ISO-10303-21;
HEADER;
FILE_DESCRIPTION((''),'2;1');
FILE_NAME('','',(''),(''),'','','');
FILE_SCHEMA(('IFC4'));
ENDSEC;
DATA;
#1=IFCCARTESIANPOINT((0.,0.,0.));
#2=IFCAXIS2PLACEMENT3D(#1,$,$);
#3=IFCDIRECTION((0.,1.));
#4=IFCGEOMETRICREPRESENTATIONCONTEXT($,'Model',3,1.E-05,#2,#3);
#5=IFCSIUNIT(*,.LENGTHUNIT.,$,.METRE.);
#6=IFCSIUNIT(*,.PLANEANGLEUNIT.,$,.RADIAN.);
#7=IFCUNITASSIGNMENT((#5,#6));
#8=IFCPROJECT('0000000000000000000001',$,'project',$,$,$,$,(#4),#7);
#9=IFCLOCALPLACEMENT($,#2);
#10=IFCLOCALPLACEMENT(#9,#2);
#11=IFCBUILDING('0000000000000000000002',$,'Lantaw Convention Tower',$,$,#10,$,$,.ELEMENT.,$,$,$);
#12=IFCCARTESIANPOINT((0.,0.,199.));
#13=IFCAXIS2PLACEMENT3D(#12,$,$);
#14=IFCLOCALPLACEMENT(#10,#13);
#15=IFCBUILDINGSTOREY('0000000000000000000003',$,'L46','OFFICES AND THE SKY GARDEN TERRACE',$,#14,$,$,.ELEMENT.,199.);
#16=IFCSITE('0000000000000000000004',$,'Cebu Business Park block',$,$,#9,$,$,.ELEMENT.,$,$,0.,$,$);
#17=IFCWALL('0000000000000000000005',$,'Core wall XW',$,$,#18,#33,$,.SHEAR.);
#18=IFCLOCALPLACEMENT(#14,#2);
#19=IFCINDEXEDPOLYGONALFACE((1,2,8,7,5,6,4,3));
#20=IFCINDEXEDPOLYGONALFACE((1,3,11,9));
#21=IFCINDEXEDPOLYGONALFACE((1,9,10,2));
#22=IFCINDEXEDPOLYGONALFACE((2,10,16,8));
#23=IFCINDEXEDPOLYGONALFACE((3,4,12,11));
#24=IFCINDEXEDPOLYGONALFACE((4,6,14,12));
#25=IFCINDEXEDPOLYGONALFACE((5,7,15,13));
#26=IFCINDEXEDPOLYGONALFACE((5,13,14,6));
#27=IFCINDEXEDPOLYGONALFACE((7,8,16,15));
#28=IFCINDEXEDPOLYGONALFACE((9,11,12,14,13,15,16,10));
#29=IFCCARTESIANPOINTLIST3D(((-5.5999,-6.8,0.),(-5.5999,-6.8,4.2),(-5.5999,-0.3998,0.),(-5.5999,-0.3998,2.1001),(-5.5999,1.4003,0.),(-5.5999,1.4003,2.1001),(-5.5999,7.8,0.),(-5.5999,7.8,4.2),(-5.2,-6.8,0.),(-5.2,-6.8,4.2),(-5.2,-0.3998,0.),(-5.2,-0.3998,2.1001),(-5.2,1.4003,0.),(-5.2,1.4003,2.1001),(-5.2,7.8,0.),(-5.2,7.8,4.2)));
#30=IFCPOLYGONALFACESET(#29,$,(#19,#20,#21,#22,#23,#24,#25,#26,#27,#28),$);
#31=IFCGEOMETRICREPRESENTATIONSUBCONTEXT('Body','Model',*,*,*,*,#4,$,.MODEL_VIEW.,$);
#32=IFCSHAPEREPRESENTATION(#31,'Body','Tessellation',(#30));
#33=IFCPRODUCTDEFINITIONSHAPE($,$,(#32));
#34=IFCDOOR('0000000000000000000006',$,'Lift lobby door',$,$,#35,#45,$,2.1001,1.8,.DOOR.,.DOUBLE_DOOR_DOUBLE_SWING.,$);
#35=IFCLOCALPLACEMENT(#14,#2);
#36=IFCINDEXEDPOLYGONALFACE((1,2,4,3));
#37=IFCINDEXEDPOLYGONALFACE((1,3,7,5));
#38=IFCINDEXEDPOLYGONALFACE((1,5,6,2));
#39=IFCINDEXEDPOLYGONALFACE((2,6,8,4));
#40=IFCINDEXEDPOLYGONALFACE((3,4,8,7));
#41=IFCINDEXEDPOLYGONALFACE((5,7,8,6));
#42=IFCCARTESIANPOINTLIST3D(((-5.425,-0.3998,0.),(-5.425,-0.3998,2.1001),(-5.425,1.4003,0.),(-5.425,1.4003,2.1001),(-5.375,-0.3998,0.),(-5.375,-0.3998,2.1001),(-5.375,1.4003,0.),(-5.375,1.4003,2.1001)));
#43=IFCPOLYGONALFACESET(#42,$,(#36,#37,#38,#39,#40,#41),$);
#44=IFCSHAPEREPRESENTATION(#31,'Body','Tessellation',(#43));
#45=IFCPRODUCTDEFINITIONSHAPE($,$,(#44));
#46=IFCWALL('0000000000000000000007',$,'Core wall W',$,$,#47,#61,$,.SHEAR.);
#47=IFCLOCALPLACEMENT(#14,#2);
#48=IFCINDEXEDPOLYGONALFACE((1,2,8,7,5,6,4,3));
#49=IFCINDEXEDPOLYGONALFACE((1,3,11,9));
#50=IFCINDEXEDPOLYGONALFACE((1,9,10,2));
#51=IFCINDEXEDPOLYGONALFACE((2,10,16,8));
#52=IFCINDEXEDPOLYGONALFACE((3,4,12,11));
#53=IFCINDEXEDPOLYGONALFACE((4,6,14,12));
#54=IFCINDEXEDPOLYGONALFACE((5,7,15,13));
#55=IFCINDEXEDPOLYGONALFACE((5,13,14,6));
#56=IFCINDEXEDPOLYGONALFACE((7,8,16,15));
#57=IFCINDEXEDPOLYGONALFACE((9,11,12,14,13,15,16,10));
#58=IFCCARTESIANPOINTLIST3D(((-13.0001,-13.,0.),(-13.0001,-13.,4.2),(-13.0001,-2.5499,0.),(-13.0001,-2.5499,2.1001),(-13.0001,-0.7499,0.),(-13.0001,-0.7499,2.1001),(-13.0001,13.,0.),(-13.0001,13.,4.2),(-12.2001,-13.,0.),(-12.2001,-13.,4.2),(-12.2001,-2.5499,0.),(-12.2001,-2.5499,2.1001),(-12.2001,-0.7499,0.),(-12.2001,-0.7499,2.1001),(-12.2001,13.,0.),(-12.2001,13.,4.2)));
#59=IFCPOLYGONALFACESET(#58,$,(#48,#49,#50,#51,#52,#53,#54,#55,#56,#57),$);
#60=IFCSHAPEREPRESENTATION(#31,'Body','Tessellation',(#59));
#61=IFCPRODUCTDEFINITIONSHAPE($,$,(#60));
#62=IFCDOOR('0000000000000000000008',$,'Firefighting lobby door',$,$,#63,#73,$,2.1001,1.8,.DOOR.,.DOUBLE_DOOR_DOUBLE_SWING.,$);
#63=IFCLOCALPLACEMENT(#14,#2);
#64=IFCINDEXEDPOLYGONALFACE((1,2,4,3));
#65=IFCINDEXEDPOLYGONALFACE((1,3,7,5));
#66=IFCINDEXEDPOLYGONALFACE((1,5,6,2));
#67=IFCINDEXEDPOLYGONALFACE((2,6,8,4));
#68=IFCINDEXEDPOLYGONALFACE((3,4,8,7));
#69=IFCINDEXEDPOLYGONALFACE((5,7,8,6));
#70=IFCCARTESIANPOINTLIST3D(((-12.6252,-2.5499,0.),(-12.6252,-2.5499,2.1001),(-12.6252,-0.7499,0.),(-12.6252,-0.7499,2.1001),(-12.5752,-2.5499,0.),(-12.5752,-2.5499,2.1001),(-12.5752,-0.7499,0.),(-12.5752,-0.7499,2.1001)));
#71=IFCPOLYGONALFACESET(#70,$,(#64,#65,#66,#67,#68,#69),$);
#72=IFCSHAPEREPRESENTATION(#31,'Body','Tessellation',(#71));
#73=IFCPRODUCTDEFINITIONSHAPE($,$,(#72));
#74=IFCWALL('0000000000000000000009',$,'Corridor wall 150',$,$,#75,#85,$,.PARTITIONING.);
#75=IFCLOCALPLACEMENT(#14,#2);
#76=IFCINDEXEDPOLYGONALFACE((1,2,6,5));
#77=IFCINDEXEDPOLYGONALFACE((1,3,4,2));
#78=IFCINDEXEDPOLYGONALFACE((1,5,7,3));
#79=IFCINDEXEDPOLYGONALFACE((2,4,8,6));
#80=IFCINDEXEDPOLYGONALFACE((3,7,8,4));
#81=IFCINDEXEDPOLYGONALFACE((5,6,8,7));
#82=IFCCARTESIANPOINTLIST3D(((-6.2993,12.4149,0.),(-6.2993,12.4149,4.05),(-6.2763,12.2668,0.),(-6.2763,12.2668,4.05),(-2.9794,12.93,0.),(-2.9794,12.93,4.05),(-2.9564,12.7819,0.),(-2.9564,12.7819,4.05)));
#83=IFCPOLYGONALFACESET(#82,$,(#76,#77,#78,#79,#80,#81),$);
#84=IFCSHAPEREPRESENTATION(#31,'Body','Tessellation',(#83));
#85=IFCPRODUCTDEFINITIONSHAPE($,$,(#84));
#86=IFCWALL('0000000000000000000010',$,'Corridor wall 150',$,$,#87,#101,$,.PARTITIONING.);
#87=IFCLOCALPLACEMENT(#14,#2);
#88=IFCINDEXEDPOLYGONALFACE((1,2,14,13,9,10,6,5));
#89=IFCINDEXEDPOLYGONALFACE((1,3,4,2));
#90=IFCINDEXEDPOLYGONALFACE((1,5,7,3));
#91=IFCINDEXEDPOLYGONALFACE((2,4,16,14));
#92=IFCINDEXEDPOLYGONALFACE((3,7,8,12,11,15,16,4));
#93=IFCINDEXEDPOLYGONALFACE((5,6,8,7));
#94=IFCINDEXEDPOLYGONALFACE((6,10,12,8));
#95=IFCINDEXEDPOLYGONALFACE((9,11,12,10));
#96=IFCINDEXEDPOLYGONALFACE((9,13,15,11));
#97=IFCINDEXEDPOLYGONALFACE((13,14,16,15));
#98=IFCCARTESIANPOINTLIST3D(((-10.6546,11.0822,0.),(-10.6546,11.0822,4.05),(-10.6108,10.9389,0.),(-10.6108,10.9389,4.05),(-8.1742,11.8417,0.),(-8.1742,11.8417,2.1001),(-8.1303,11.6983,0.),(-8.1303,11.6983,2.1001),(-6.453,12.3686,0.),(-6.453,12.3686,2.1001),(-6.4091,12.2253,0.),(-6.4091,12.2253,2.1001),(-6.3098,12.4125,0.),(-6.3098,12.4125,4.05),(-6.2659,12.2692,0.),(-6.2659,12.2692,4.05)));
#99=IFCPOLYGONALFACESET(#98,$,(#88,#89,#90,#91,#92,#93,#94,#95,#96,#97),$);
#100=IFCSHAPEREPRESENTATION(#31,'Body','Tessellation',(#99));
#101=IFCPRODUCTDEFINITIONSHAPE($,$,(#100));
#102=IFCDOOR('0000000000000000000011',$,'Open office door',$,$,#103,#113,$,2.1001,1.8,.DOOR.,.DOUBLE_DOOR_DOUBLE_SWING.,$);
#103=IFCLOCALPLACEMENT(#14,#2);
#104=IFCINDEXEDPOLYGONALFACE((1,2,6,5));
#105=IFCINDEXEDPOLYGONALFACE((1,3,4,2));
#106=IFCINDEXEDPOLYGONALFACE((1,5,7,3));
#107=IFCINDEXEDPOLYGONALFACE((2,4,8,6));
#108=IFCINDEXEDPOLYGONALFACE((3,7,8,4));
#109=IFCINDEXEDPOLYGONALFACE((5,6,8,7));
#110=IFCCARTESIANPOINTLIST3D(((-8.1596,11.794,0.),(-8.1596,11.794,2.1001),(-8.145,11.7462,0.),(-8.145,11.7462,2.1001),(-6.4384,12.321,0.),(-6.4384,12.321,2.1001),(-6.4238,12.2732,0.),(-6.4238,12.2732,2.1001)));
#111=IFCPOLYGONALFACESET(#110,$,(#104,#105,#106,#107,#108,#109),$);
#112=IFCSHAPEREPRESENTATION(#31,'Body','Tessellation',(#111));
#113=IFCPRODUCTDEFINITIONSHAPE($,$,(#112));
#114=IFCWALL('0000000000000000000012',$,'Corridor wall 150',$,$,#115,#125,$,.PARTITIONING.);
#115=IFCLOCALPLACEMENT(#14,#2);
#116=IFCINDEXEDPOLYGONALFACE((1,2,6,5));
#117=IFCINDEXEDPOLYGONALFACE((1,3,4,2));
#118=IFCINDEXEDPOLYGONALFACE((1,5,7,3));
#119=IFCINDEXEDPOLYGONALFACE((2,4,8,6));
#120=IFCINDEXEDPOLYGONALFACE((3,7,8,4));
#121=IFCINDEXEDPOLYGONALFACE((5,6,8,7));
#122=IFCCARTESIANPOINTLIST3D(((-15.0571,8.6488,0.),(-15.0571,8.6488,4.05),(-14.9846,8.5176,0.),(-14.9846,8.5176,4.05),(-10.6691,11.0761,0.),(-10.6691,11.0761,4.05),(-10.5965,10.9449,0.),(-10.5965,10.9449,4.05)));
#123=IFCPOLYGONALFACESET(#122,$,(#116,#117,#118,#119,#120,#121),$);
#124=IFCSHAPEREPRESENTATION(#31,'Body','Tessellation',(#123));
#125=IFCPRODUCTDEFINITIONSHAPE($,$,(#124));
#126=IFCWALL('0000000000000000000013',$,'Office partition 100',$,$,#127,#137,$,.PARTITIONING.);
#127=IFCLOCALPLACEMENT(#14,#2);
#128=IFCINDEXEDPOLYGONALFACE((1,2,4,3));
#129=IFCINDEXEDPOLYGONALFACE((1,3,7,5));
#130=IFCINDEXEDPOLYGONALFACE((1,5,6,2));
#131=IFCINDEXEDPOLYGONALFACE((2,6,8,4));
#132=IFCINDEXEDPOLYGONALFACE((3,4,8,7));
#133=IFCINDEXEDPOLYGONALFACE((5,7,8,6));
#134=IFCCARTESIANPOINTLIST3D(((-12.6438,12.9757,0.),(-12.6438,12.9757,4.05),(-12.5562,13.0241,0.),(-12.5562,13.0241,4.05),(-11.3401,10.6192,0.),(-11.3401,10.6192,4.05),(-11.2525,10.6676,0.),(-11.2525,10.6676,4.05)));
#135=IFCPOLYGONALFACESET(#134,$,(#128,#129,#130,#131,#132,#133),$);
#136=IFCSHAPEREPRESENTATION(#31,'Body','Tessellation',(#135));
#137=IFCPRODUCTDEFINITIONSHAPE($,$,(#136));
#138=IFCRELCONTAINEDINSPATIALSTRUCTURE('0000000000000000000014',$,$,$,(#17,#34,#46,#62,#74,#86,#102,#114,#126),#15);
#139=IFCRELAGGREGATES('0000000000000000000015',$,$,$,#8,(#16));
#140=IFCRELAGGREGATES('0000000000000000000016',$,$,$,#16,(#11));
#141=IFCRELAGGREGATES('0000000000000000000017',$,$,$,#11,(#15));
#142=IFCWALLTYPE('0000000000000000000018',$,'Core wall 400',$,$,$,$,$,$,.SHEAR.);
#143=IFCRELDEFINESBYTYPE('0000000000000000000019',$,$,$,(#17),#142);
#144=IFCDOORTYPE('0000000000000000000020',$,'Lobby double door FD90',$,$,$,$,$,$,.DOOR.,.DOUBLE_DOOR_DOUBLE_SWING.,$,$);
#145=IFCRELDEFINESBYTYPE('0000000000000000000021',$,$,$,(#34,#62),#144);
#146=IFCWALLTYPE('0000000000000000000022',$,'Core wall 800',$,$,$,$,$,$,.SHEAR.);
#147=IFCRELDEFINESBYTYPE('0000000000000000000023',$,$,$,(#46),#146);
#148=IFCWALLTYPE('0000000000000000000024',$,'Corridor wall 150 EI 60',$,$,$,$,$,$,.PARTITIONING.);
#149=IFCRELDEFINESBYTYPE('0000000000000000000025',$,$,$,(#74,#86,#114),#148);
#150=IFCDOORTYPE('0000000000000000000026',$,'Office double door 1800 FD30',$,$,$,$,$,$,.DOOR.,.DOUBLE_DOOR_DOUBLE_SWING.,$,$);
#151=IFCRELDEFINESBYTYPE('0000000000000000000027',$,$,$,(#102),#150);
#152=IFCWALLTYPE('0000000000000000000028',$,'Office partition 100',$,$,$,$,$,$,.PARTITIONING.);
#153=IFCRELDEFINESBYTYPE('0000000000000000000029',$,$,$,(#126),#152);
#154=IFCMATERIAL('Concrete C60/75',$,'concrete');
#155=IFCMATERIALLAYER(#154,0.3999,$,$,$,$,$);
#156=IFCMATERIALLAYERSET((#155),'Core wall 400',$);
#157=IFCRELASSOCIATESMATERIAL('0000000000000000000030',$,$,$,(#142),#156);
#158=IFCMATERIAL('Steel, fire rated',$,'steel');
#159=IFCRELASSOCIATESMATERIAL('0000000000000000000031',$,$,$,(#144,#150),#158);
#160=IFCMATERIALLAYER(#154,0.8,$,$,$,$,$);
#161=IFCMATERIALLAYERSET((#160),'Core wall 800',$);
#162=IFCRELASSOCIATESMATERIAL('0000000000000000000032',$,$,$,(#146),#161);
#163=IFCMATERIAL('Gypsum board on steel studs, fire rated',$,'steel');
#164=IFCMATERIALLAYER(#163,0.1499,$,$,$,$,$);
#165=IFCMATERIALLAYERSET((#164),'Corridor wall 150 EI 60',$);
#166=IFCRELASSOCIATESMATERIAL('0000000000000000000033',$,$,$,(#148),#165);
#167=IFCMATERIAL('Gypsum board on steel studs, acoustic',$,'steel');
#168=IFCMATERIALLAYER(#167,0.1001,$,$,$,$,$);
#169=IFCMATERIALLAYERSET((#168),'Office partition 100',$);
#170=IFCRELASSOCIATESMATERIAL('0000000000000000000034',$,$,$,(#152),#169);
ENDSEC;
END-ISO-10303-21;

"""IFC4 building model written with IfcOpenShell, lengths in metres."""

from ifc_helpers import new_model, si_unit, direction, frame, frame_2d, origin, place, context, subcontext, project, spatial, rectangle, extrude, material, layer, layer_set, type_object, element, fill, save


model = new_model("IFC4")

# Units and contexts
model_context = context("Model", 3, precision=1e-05, world=origin(), true_north=direction((0.0, 1.0)))
body_context = subcontext(model_context, "Body", "Model", "MODEL_VIEW")
ifc_project = project(units=[si_unit("LENGTHUNIT", "METRE"), si_unit("PLANEANGLEUNIT", "RADIAN")], contexts=[model_context])

# Site, building, storey
site_placement = place(None, origin())
site = spatial("IfcSite", under=ifc_project, at=site_placement, Name="Cebu Business Park block", CompositionType="ELEMENT", RefElevation=0.0)
building_placement = place(site_placement, origin())
building = spatial("IfcBuilding", under=site, at=building_placement, Name="Lantaw Convention Tower", CompositionType="ELEMENT")
storey_placement = place(building_placement, frame((0.0, 0.0, 199.0)))
storey = spatial("IfcBuildingStorey", under=building, at=storey_placement, Name="L46", Description="OFFICES AND THE SKY GARDEN TERRACE", CompositionType="ELEMENT", Elevation=199.0)

# Shared definitions
ifc_material_1 = material(Name="Concrete C60/75", Category="concrete")

# Walls, openings, doors
ifc_layer_1 = layer(ifc_material_1, 0.3999)
ifc_layer_set_1 = layer_set([ifc_layer_1], Name="Core wall 400")
wall_type_1 = type_object("IfcWallType", Name="Core wall 400", PredefinedType="SHEAR", material=ifc_layer_set_1)
wall_1_placement = place(storey_placement, frame((-5.3999, 7.8, 0.0), z_axis=(0.0, 0.0, 1.0), x_axis=(0.0, -1.0, 0.0)))
wall_1 = element("IfcWall", 1, at=wall_1_placement, inside=storey, type_object=wall_type_1, Name="Core wall XW", PredefinedType="SHEAR", context=body_context, shape_type="SweptSolid", body=[
    extrude(rectangle(XDim=14.6001, YDim=0.3999, at=frame_2d((7.3, 0.0))), origin(), (0.0, 0.0, 1.0), 4.2),
])
opening_1_placement = place(wall_1_placement, frame((6.3999, 0.0, 0.0)))
opening_1 = element("IfcOpeningElement", 2, at=opening_1_placement, cuts=wall_1, PredefinedType="OPENING", context=body_context, shape_type="SweptSolid", body=[
    extrude(rectangle(XDim=1.8, YDim=2.1001, at=frame_2d((0.8999, 1.05))), frame((0.0, 0.21, 0.0), z_axis=(0.0, -1.0, 0.0), x_axis=(1.0, 0.0, 0.0)), (0.0, 0.0, 1.0), 0.4199),
])
ifc_material_2 = material(Name="Steel, fire rated", Category="steel")
door_type_1 = type_object("IfcDoorType", Name="Lobby double door FD90", OperationType="DOUBLE_DOOR_DOUBLE_SWING", PredefinedType="DOOR", material=ifc_material_2)
door_1_placement = place(opening_1_placement, origin())
door_1 = element("IfcDoor", 3, at=door_1_placement, inside=storey, type_object=door_type_1, Name="Lift lobby door", OperationType="DOUBLE_DOOR_DOUBLE_SWING", OverallHeight=2.1001, OverallWidth=1.8, PredefinedType="DOOR", context=body_context, shape_type="SweptSolid", body=[
    extrude(rectangle(XDim=1.8, YDim=2.1001, at=frame_2d((0.8999, 1.05))), frame((0.0, 0.0249, 0.0), z_axis=(0.0, -1.0, 0.0), x_axis=(1.0, 0.0, 0.0)), (0.0, 0.0, 1.0), 0.05),
])
fill(opening_1, door_1)
ifc_layer_2 = layer(ifc_material_1, 0.8)
ifc_layer_set_2 = layer_set([ifc_layer_2], Name="Core wall 800")
wall_type_2 = type_object("IfcWallType", Name="Core wall 800", PredefinedType="SHEAR", material=ifc_layer_set_2)
wall_2_placement = place(storey_placement, frame((-12.6001, 13.0, 0.0), z_axis=(0.0, 0.0, 1.0), x_axis=(0.0, -1.0, 0.0)))
wall_2 = element("IfcWall", 4, at=wall_2_placement, inside=storey, type_object=wall_type_2, Name="Core wall W", PredefinedType="SHEAR", context=body_context, shape_type="SweptSolid", body=[
    extrude(rectangle(XDim=26.0, YDim=0.8, at=frame_2d((13.0, 0.0))), origin(), (0.0, 0.0, 1.0), 4.2),
])
opening_2_placement = place(wall_2_placement, frame((13.75, 0.0, 0.0)))
opening_2 = element("IfcOpeningElement", 5, at=opening_2_placement, cuts=wall_2, PredefinedType="OPENING", context=body_context, shape_type="SweptSolid", body=[
    extrude(rectangle(XDim=1.8, YDim=2.1001, at=frame_2d((0.8999, 1.05))), frame((0.0, 0.4099, 0.0), z_axis=(0.0, -1.0, 0.0), x_axis=(1.0, 0.0, 0.0)), (0.0, 0.0, 1.0), 0.8201),
])
door_2_placement = place(opening_2_placement, origin())
door_2 = element("IfcDoor", 6, at=door_2_placement, inside=storey, type_object=door_type_1, Name="Firefighting lobby door", OperationType="DOUBLE_DOOR_DOUBLE_SWING", OverallHeight=2.1001, OverallWidth=1.8, PredefinedType="DOOR", context=body_context, shape_type="SweptSolid", body=[
    extrude(rectangle(XDim=1.8, YDim=2.1001, at=frame_2d((0.8999, 1.05))), frame((0.0, 0.0249, 0.0), z_axis=(0.0, -1.0, 0.0), x_axis=(1.0, 0.0, 0.0)), (0.0, 0.0, 1.0), 0.05),
])
fill(opening_2, door_2)

# Wall
ifc_material_3 = material(Name="Gypsum board on steel studs, fire rated", Category="steel")
ifc_layer_3 = layer(ifc_material_3, 0.1499)
ifc_layer_set_3 = layer_set([ifc_layer_3], Name="Corridor wall 150 EI 60")
wall_type_3 = type_object("IfcWallType", Name="Corridor wall 150 EI 60", PredefinedType="PARTITIONING", material=ifc_layer_set_3)
wall_3_placement = place(storey_placement, frame((-2.968, 12.856, 0.0), z_axis=(0.0, 0.0, 1.0), x_axis=(-0.988174, -0.153335, 0.0)))
element("IfcWall", 7, at=wall_3_placement, inside=storey, type_object=wall_type_3, Name="Corridor wall 150", PredefinedType="PARTITIONING", context=body_context, shape_type="SweptSolid", body=[
    extrude(rectangle(XDim=3.3596, YDim=0.1499, at=frame_2d((1.6797, 0.0))), origin(), (0.0, 0.0, 1.0), 4.05),
])

# Wall, opening, door
wall_4_placement = place(storey_placement, frame((-6.2878, 12.3408, 0.0), z_axis=(0.0, 0.0, 1.0), x_axis=(-0.956186, -0.29276, 0.0)))
wall_4 = element("IfcWall", 8, at=wall_4_placement, inside=storey, type_object=wall_type_3, Name="Corridor wall 150", PredefinedType="PARTITIONING", context=body_context, shape_type="SweptSolid", body=[
    extrude(rectangle(XDim=4.5439, YDim=0.1499, at=frame_2d((2.272, 0.0))), origin(), (0.0, 0.0, 1.0), 4.05),
])
opening_3_placement = place(wall_4_placement, frame((0.1499, 0.0, 0.0)))
opening_3 = element("IfcOpeningElement", 9, at=opening_3_placement, cuts=wall_4, PredefinedType="OPENING", context=body_context, shape_type="SweptSolid", body=[
    extrude(rectangle(XDim=1.8, YDim=2.1001, at=frame_2d((0.8999, 1.05))), frame((0.0, 0.085, 0.0), z_axis=(0.0, -1.0, 0.0), x_axis=(1.0, 0.0, 0.0)), (0.0, 0.0, 1.0), 0.1699),
])
door_type_2 = type_object("IfcDoorType", Name="Office double door 1800 FD30", OperationType="DOUBLE_DOOR_DOUBLE_SWING", PredefinedType="DOOR", material=ifc_material_2)
door_3_placement = place(opening_3_placement, origin())
door_3 = element("IfcDoor", 10, at=door_3_placement, inside=storey, type_object=door_type_2, Name="Open office door", OperationType="DOUBLE_DOOR_DOUBLE_SWING", OverallHeight=2.1001, OverallWidth=1.8, PredefinedType="DOOR", context=body_context, shape_type="SweptSolid", body=[
    extrude(rectangle(XDim=1.8, YDim=2.1001, at=frame_2d((0.8999, 1.05))), frame((0.0, 0.0249, 0.0), z_axis=(0.0, -1.0, 0.0), x_axis=(1.0, 0.0, 0.0)), (0.0, 0.0, 1.0), 0.05),
])
fill(opening_3, door_3)

# Walls
wall_5_placement = place(storey_placement, frame((-10.6328, 11.0105, 0.0), z_axis=(0.0, 0.0, 1.0), x_axis=(-0.875045, -0.484042, 0.0)))
element("IfcWall", 11, at=wall_5_placement, inside=storey, type_object=wall_type_3, Name="Corridor wall 150", PredefinedType="PARTITIONING", context=body_context, shape_type="SweptSolid", body=[
    extrude(rectangle(XDim=5.0146, YDim=0.1499, at=frame_2d((2.5073, 0.0))), origin(), (0.0, 0.0, 1.0), 4.05),
])
ifc_material_4 = material(Name="Gypsum board on steel studs, acoustic", Category="steel")
ifc_layer_4 = layer(ifc_material_4, 0.1001)
ifc_layer_set_4 = layer_set([ifc_layer_4], Name="Office partition 100")
wall_type_4 = type_object("IfcWallType", Name="Office partition 100", PredefinedType="PARTITIONING", material=ifc_layer_set_4)
wall_6_placement = place(storey_placement, frame((-12.6001, 13.0, 0.0), z_axis=(0.0, 0.0, 1.0), x_axis=(0.484103, -0.875011, 0.0)))
element("IfcWall", 12, at=wall_6_placement, inside=storey, type_object=wall_type_4, Name="Office partition 100", PredefinedType="PARTITIONING", context=body_context, shape_type="SweptSolid", body=[
    extrude(rectangle(XDim=2.6931, YDim=0.1001, at=frame_2d((1.3467, 0.0))), origin(), (0.0, 0.0, 1.0), 4.05),
])

save(model, "model.ifc")
